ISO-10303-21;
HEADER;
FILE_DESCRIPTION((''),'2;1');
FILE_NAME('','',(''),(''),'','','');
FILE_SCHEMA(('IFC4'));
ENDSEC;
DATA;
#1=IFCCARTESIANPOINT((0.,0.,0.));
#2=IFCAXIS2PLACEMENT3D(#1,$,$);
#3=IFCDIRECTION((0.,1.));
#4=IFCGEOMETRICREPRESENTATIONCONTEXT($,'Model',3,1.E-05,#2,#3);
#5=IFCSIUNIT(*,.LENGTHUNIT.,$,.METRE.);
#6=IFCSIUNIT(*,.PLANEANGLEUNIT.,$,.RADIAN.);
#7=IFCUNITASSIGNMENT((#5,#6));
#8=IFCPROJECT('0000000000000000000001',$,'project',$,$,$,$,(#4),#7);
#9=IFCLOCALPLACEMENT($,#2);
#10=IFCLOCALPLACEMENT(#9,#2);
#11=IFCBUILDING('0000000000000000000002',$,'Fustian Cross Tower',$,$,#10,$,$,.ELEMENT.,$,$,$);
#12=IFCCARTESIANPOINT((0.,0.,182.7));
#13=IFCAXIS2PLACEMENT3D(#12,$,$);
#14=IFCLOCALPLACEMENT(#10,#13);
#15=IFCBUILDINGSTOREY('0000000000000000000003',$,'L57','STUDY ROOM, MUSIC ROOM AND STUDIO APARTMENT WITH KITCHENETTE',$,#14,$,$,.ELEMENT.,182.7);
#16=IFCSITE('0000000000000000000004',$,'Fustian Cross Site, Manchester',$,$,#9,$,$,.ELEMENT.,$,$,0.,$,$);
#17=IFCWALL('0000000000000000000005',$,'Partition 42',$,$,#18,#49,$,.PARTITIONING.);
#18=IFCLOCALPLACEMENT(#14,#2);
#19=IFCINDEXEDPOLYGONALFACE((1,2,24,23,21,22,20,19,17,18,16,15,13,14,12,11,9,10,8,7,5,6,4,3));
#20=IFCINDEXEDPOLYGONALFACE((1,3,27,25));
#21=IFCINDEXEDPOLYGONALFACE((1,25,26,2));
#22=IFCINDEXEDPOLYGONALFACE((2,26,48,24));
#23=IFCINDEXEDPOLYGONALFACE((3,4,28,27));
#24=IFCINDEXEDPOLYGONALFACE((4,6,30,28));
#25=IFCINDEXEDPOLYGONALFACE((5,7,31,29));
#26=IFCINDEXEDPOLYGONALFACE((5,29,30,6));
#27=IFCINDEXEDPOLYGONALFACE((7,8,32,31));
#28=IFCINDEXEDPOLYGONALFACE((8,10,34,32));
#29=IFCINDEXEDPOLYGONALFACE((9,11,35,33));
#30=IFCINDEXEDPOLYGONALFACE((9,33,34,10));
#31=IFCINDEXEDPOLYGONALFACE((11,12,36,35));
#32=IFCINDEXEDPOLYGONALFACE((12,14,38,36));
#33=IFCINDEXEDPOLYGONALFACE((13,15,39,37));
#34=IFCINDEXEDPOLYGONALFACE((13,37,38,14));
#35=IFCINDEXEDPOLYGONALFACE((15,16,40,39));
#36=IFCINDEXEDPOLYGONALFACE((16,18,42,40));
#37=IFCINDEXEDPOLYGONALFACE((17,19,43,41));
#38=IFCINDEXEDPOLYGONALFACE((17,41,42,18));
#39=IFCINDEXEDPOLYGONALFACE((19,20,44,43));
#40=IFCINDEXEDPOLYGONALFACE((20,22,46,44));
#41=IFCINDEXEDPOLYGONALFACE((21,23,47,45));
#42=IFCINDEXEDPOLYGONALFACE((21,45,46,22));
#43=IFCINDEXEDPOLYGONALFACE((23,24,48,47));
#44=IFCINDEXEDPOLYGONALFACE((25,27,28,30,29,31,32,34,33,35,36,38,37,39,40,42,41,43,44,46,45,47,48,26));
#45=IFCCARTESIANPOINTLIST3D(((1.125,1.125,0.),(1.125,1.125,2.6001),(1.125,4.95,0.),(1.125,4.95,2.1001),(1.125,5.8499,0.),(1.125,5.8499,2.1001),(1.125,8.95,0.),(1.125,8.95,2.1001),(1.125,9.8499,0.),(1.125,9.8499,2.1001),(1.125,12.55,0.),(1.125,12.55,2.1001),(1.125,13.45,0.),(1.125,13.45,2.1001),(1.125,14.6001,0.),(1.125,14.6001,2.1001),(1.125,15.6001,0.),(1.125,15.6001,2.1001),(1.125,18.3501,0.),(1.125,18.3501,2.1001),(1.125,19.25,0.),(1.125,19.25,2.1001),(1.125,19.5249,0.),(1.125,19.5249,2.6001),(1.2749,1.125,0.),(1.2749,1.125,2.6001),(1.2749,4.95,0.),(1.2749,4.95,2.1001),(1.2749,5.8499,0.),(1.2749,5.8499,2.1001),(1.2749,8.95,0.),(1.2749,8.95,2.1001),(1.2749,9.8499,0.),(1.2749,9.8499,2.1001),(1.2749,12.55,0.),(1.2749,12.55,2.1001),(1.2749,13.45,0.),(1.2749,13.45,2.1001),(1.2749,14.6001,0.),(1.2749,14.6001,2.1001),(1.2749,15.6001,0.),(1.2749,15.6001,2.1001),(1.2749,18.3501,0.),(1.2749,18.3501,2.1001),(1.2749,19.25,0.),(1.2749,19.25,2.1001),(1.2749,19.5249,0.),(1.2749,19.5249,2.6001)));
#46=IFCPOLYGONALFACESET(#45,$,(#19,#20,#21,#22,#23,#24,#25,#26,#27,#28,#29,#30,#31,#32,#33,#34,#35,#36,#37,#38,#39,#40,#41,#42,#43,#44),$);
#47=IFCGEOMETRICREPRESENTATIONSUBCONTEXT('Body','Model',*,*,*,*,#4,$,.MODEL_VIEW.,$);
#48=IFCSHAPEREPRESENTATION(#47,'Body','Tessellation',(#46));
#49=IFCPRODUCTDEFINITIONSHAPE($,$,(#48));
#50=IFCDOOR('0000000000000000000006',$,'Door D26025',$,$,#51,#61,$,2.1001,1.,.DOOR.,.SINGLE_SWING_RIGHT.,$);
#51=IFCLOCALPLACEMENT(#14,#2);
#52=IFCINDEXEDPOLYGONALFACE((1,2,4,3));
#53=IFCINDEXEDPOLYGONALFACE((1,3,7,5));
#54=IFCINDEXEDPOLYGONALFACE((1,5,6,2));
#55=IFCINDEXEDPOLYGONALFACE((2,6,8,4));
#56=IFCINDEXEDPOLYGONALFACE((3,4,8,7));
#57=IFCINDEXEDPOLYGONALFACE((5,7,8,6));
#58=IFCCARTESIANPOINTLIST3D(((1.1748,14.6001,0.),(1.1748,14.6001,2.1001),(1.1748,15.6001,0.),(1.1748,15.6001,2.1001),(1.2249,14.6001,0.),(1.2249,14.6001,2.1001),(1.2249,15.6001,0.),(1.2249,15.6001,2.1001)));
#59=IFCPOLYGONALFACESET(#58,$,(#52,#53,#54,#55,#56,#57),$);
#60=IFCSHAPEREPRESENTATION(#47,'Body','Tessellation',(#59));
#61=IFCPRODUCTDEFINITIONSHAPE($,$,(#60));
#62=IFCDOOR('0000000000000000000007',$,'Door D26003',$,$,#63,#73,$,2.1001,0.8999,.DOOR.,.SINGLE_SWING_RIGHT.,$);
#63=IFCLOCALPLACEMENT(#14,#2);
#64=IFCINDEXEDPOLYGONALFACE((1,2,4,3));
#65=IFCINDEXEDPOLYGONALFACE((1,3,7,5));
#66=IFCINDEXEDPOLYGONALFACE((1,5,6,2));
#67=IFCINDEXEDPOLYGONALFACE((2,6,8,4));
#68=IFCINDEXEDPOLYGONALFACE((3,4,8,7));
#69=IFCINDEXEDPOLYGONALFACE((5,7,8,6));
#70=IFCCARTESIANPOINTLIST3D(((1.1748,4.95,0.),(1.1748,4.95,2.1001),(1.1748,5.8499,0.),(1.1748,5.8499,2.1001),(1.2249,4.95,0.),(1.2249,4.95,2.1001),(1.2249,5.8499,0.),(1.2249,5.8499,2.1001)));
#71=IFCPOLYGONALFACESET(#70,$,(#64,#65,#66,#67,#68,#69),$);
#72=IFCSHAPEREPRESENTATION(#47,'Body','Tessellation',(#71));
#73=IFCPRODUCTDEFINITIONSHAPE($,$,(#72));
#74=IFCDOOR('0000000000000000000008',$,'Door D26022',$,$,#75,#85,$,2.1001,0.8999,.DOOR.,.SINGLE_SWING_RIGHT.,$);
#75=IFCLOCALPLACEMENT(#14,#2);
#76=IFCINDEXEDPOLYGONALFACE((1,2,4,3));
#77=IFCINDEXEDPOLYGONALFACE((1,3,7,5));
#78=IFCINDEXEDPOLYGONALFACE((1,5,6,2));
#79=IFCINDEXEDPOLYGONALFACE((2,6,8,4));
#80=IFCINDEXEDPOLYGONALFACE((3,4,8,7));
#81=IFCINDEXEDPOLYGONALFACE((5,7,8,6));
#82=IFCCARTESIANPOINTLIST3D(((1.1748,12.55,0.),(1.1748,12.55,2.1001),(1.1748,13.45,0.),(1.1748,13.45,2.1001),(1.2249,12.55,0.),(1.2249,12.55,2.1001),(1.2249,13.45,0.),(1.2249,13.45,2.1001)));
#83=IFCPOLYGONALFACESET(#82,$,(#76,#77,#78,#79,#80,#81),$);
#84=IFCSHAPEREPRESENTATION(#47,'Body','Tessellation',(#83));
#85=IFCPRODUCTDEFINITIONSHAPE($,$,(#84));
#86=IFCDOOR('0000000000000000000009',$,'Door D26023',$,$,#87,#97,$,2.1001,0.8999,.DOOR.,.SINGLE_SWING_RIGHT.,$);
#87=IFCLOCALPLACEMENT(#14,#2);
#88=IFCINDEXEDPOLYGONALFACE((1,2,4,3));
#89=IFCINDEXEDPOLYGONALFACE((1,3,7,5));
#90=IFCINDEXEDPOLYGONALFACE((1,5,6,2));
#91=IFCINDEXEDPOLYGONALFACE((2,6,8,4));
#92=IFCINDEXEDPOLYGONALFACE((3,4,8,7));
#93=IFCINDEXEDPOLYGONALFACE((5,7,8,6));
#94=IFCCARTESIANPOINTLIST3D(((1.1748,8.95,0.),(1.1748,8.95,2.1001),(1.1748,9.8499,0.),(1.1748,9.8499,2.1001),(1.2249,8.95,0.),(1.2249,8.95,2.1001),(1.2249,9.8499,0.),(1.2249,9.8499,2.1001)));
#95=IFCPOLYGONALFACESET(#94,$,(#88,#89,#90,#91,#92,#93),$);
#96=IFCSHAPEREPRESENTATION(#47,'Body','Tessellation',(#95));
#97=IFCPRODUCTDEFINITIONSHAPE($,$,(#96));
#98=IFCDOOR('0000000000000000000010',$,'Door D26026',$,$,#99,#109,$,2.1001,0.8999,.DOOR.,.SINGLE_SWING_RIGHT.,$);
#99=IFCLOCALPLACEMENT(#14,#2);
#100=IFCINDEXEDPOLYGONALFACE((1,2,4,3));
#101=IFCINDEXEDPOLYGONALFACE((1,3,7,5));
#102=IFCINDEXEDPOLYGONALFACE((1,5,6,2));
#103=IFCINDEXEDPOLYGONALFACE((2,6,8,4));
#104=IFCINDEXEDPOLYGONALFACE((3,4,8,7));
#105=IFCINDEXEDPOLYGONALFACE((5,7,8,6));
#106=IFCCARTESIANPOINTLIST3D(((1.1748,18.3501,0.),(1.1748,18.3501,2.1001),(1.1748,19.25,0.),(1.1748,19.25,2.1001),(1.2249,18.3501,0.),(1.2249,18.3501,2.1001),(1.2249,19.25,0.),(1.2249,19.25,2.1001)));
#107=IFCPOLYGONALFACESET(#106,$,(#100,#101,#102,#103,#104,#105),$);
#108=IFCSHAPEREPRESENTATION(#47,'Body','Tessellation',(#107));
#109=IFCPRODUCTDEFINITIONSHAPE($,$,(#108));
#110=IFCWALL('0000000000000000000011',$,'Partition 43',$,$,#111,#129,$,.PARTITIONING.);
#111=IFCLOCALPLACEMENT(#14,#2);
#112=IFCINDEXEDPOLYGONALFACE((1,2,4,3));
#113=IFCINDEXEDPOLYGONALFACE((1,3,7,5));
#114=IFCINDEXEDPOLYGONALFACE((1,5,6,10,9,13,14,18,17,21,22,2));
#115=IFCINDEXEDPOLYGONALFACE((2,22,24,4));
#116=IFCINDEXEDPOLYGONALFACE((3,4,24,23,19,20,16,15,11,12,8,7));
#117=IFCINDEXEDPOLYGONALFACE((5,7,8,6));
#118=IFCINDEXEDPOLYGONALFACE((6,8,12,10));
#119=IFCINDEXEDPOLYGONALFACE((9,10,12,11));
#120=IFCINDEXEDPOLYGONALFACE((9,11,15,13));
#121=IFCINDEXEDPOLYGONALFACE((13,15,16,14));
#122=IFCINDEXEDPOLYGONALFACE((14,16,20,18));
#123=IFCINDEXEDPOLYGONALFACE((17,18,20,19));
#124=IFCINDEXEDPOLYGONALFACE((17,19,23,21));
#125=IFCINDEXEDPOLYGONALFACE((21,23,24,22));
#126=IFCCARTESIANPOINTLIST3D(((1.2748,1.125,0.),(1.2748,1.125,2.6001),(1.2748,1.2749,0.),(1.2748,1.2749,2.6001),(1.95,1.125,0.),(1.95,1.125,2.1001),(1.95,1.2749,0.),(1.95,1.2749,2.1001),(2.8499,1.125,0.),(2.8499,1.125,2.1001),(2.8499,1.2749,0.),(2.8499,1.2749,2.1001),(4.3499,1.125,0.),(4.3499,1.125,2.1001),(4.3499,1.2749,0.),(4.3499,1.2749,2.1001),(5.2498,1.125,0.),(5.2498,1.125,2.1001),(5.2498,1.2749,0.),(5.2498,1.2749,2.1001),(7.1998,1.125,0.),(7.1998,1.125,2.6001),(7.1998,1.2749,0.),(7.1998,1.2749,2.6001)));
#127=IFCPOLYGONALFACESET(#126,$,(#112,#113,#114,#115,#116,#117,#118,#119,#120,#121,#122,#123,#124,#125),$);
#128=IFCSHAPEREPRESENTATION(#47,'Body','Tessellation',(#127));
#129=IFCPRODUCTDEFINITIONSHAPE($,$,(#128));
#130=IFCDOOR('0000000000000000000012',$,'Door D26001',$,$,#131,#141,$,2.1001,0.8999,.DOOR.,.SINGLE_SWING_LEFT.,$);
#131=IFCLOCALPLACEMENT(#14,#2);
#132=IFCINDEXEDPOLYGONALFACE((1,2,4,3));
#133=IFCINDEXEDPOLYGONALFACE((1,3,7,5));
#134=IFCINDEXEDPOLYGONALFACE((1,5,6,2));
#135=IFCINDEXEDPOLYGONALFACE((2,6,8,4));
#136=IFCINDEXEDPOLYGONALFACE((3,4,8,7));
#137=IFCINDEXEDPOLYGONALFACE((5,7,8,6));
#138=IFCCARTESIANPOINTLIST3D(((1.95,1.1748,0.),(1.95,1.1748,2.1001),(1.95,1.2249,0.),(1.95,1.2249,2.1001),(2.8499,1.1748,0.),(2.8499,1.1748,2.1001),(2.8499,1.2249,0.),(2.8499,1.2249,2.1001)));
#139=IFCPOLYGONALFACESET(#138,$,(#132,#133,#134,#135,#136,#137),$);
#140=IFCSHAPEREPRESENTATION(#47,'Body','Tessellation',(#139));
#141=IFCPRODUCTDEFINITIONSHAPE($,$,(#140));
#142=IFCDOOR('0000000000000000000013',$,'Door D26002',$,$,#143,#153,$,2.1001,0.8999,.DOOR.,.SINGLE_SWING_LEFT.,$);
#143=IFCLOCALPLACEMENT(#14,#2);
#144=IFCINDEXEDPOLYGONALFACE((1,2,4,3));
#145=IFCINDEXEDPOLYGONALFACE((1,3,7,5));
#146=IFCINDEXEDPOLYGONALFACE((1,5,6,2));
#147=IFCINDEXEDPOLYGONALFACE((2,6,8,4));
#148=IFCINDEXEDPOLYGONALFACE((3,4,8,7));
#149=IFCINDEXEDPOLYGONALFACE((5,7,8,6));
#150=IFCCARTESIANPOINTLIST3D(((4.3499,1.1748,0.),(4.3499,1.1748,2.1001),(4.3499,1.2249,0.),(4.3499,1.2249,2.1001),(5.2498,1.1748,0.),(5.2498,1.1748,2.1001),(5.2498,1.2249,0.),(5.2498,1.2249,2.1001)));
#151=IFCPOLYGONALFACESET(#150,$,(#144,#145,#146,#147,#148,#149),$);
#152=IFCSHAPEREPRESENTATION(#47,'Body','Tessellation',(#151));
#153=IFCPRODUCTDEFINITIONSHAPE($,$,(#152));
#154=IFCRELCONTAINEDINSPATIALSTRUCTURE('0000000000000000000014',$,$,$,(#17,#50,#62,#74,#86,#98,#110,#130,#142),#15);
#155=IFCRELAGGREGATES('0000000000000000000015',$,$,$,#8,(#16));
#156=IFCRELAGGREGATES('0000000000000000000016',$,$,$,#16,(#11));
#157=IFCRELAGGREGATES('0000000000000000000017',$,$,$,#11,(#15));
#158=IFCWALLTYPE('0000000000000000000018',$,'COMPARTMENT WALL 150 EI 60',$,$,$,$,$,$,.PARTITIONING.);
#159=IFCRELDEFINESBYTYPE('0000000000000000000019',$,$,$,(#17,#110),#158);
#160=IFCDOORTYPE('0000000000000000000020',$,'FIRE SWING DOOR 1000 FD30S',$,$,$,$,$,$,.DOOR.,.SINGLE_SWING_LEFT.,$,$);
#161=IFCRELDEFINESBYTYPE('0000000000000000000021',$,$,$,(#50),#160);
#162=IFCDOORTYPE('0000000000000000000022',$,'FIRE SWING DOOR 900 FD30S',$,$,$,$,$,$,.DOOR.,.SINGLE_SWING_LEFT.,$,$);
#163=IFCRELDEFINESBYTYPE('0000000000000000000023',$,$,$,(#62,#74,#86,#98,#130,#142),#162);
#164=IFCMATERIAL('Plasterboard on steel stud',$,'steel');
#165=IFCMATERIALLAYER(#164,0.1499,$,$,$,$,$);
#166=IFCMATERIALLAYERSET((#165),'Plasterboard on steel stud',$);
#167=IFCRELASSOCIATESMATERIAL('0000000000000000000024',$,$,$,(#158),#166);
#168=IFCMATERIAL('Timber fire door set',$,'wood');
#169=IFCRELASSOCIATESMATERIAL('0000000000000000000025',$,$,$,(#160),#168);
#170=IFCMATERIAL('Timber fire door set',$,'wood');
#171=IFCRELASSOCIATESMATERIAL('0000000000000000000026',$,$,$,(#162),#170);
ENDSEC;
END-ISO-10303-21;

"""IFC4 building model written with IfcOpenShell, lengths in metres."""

from ifc_helpers import new_model, si_unit, direction, frame, frame_2d, origin, place, context, subcontext, project, spatial, rectangle, extrude, material, layer, layer_set, type_object, element, fill, save


model = new_model("IFC4")

# Units and contexts
model_context = context("Model", 3, precision=1e-05, world=origin(), true_north=direction((0.0, 1.0)))
body_context = subcontext(model_context, "Body", "Model", "MODEL_VIEW")
ifc_project = project(units=[si_unit("LENGTHUNIT", "METRE"), si_unit("PLANEANGLEUNIT", "RADIAN")], contexts=[model_context])

# Site, building, storey
site_placement = place(None, origin())
site = spatial("IfcSite", under=ifc_project, at=site_placement, Name="Fustian Cross Site, Manchester", CompositionType="ELEMENT", RefElevation=0.0)
building_placement = place(site_placement, origin())
building = spatial("IfcBuilding", under=site, at=building_placement, Name="Fustian Cross Tower", CompositionType="ELEMENT")
storey_placement = place(building_placement, frame((0.0, 0.0, 182.7)))
storey = spatial("IfcBuildingStorey", under=building, at=storey_placement, Name="L57", Description="STUDY ROOM, MUSIC ROOM AND STUDIO APARTMENT WITH KITCHENETTE", CompositionType="ELEMENT", Elevation=182.7)

# Walls, openings, doors
ifc_material_1 = material(Name="Plasterboard on steel stud", Category="steel")
ifc_layer_1 = layer(ifc_material_1, 0.1499)
ifc_layer_set_1 = layer_set([ifc_layer_1], Name="Plasterboard on steel stud")
wall_type = type_object("IfcWallType", Name="COMPARTMENT WALL 150 EI 60", PredefinedType="PARTITIONING", material=ifc_layer_set_1)
wall_1_placement = place(storey_placement, frame((1.2, 1.125, 0.0), z_axis=(0.0, 0.0, 1.0), x_axis=(0.0, 1.0, 0.0)))
wall_1 = element("IfcWall", 1, at=wall_1_placement, inside=storey, type_object=wall_type, Name="Partition 42", PredefinedType="PARTITIONING", context=body_context, shape_type="SweptSolid", body=[
    extrude(rectangle(XDim=18.3999, YDim=0.1499, at=frame_2d((9.2, 0.0))), origin(), (0.0, 0.0, 1.0), 2.6001),
])
opening_1_placement = place(wall_1_placement, frame((3.825, 0.0, 0.0)))
opening_1 = element("IfcOpeningElement", 2, at=opening_1_placement, cuts=wall_1, PredefinedType="OPENING", context=body_context, shape_type="SweptSolid", body=[
    extrude(rectangle(XDim=0.8999, YDim=2.1001, at=frame_2d((0.45, 1.05))), frame((0.0, 0.085, 0.0), z_axis=(0.0, -1.0, 0.0), x_axis=(1.0, 0.0, 0.0)), (0.0, 0.0, 1.0), 0.1699),
])
opening_2_placement = place(wall_1_placement, frame((11.425, 0.0, 0.0)))
opening_2 = element("IfcOpeningElement", 3, at=opening_2_placement, cuts=wall_1, PredefinedType="OPENING", context=body_context, shape_type="SweptSolid", body=[
    extrude(rectangle(XDim=0.8999, YDim=2.1001, at=frame_2d((0.45, 1.05))), frame((0.0, 0.085, 0.0), z_axis=(0.0, -1.0, 0.0), x_axis=(1.0, 0.0, 0.0)), (0.0, 0.0, 1.0), 0.1699),
])
opening_3_placement = place(wall_1_placement, frame((7.825, 0.0, 0.0)))
opening_3 = element("IfcOpeningElement", 4, at=opening_3_placement, cuts=wall_1, PredefinedType="OPENING", context=body_context, shape_type="SweptSolid", body=[
    extrude(rectangle(XDim=0.8999, YDim=2.1001, at=frame_2d((0.45, 1.05))), frame((0.0, 0.085, 0.0), z_axis=(0.0, -1.0, 0.0), x_axis=(1.0, 0.0, 0.0)), (0.0, 0.0, 1.0), 0.1699),
])
opening_4_placement = place(wall_1_placement, frame((13.4751, 0.0, 0.0)))
opening_4 = element("IfcOpeningElement", 5, at=opening_4_placement, cuts=wall_1, PredefinedType="OPENING", context=body_context, shape_type="SweptSolid", body=[
    extrude(rectangle(XDim=1.0, YDim=2.1001, at=frame_2d((0.5, 1.05))), frame((0.0, 0.085, 0.0), z_axis=(0.0, -1.0, 0.0), x_axis=(1.0, 0.0, 0.0)), (0.0, 0.0, 1.0), 0.1699),
])
opening_5_placement = place(wall_1_placement, frame((17.2251, 0.0, 0.0)))
opening_5 = element("IfcOpeningElement", 6, at=opening_5_placement, cuts=wall_1, PredefinedType="OPENING", context=body_context, shape_type="SweptSolid", body=[
    extrude(rectangle(XDim=0.8999, YDim=2.1001, at=frame_2d((0.45, 1.05))), frame((0.0, 0.085, 0.0), z_axis=(0.0, -1.0, 0.0), x_axis=(1.0, 0.0, 0.0)), (0.0, 0.0, 1.0), 0.1699),
])
ifc_material_2 = material(Name="Timber fire door set", Category="wood")
door_type_1 = type_object("IfcDoorType", Name="FIRE SWING DOOR 1000 FD30S", OperationType="SINGLE_SWING_LEFT", PredefinedType="DOOR", material=ifc_material_2)
door_1_placement = place(opening_4_placement, frame((1.0, 0.0, 0.0), z_axis=(0.0, 0.0, 1.0), x_axis=(-1.0, 0.0, 0.0)))
door_1 = element("IfcDoor", 7, at=door_1_placement, inside=storey, type_object=door_type_1, Name="Door D26025", OperationType="SINGLE_SWING_RIGHT", OverallHeight=2.1001, OverallWidth=1.0, PredefinedType="DOOR", context=body_context, shape_type="SweptSolid", body=[
    extrude(rectangle(XDim=1.0, YDim=2.1001, at=frame_2d((0.5, 1.05))), frame((0.0, 0.0249, 0.0), z_axis=(0.0, -1.0, 0.0), x_axis=(1.0, 0.0, 0.0)), (0.0, 0.0, 1.0), 0.05),
])
fill(opening_4, door_1)
ifc_material_3 = material(Name="Timber fire door set", Category="wood")
door_type_2 = type_object("IfcDoorType", Name="FIRE SWING DOOR 900 FD30S", OperationType="SINGLE_SWING_LEFT", PredefinedType="DOOR", material=ifc_material_3)
door_2_placement = place(opening_1_placement, frame((0.8999, 0.0, 0.0), z_axis=(0.0, 0.0, 1.0), x_axis=(-1.0, 0.0, 0.0)))
door_2 = element("IfcDoor", 8, at=door_2_placement, inside=storey, type_object=door_type_2, Name="Door D26003", OperationType="SINGLE_SWING_RIGHT", OverallHeight=2.1001, OverallWidth=0.8999, PredefinedType="DOOR", context=body_context, shape_type="SweptSolid", body=[
    extrude(rectangle(XDim=0.8999, YDim=2.1001, at=frame_2d((0.45, 1.05))), frame((0.0, 0.0249, 0.0), z_axis=(0.0, -1.0, 0.0), x_axis=(1.0, 0.0, 0.0)), (0.0, 0.0, 1.0), 0.05),
])
fill(opening_1, door_2)
door_3_placement = place(opening_2_placement, frame((0.8999, 0.0, 0.0), z_axis=(0.0, 0.0, 1.0), x_axis=(-1.0, 0.0, 0.0)))
door_3 = element("IfcDoor", 9, at=door_3_placement, inside=storey, type_object=door_type_2, Name="Door D26022", OperationType="SINGLE_SWING_RIGHT", OverallHeight=2.1001, OverallWidth=0.8999, PredefinedType="DOOR", context=body_context, shape_type="SweptSolid", body=[
    extrude(rectangle(XDim=0.8999, YDim=2.1001, at=frame_2d((0.45, 1.05))), frame((0.0, 0.0249, 0.0), z_axis=(0.0, -1.0, 0.0), x_axis=(1.0, 0.0, 0.0)), (0.0, 0.0, 1.0), 0.05),
])
fill(opening_2, door_3)
door_4_placement = place(opening_3_placement, frame((0.8999, 0.0, 0.0), z_axis=(0.0, 0.0, 1.0), x_axis=(-1.0, 0.0, 0.0)))
door_4 = element("IfcDoor", 10, at=door_4_placement, inside=storey, type_object=door_type_2, Name="Door D26023", OperationType="SINGLE_SWING_RIGHT", OverallHeight=2.1001, OverallWidth=0.8999, PredefinedType="DOOR", context=body_context, shape_type="SweptSolid", body=[
    extrude(rectangle(XDim=0.8999, YDim=2.1001, at=frame_2d((0.45, 1.05))), frame((0.0, 0.0249, 0.0), z_axis=(0.0, -1.0, 0.0), x_axis=(1.0, 0.0, 0.0)), (0.0, 0.0, 1.0), 0.05),
])
fill(opening_3, door_4)
door_5_placement = place(opening_5_placement, frame((0.8999, 0.0, 0.0), z_axis=(0.0, 0.0, 1.0), x_axis=(-1.0, 0.0, 0.0)))
door_5 = element("IfcDoor", 11, at=door_5_placement, inside=storey, type_object=door_type_2, Name="Door D26026", OperationType="SINGLE_SWING_RIGHT", OverallHeight=2.1001, OverallWidth=0.8999, PredefinedType="DOOR", context=body_context, shape_type="SweptSolid", body=[
    extrude(rectangle(XDim=0.8999, YDim=2.1001, at=frame_2d((0.45, 1.05))), frame((0.0, 0.0249, 0.0), z_axis=(0.0, -1.0, 0.0), x_axis=(1.0, 0.0, 0.0)), (0.0, 0.0, 1.0), 0.05),
])
fill(opening_5, door_5)
wall_2_placement = place(storey_placement, frame((1.2749, 1.2, 0.0), z_axis=(0.0, 0.0, 1.0), x_axis=(1.0, 0.0, 0.0)))
wall_2 = element("IfcWall", 12, at=wall_2_placement, inside=storey, type_object=wall_type, Name="Partition 43", PredefinedType="PARTITIONING", context=body_context, shape_type="SweptSolid", body=[
    extrude(rectangle(XDim=5.925, YDim=0.1499, at=frame_2d((2.9624, 0.0))), origin(), (0.0, 0.0, 1.0), 2.6001),
])
opening_6_placement = place(wall_2_placement, frame((0.675, 0.0, 0.0)))
opening_6 = element("IfcOpeningElement", 13, at=opening_6_placement, cuts=wall_2, PredefinedType="OPENING", context=body_context, shape_type="SweptSolid", body=[
    extrude(rectangle(XDim=0.8999, YDim=2.1001, at=frame_2d((0.45, 1.05))), frame((0.0, 0.085, 0.0), z_axis=(0.0, -1.0, 0.0), x_axis=(1.0, 0.0, 0.0)), (0.0, 0.0, 1.0), 0.1699),
])
opening_7_placement = place(wall_2_placement, frame((3.075, 0.0, 0.0)))
opening_7 = element("IfcOpeningElement", 14, at=opening_7_placement, cuts=wall_2, PredefinedType="OPENING", context=body_context, shape_type="SweptSolid", body=[
    extrude(rectangle(XDim=0.8999, YDim=2.1001, at=frame_2d((0.45, 1.05))), frame((0.0, 0.085, 0.0), z_axis=(0.0, -1.0, 0.0), x_axis=(1.0, 0.0, 0.0)), (0.0, 0.0, 1.0), 0.1699),
])
door_6_placement = place(opening_6_placement, origin())
door_6 = element("IfcDoor", 15, at=door_6_placement, inside=storey, type_object=door_type_2, Name="Door D26001", OperationType="SINGLE_SWING_LEFT", OverallHeight=2.1001, OverallWidth=0.8999, PredefinedType="DOOR", context=body_context, shape_type="SweptSolid", body=[
    extrude(rectangle(XDim=0.8999, YDim=2.1001, at=frame_2d((0.45, 1.05))), frame((0.0, 0.0249, 0.0), z_axis=(0.0, -1.0, 0.0), x_axis=(1.0, 0.0, 0.0)), (0.0, 0.0, 1.0), 0.05),
])
fill(opening_6, door_6)
door_7_placement = place(opening_7_placement, origin())
door_7 = element("IfcDoor", 16, at=door_7_placement, inside=storey, type_object=door_type_2, Name="Door D26002", OperationType="SINGLE_SWING_LEFT", OverallHeight=2.1001, OverallWidth=0.8999, PredefinedType="DOOR", context=body_context, shape_type="SweptSolid", body=[
    extrude(rectangle(XDim=0.8999, YDim=2.1001, at=frame_2d((0.45, 1.05))), frame((0.0, 0.0249, 0.0), z_axis=(0.0, -1.0, 0.0), x_axis=(1.0, 0.0, 0.0)), (0.0, 0.0, 1.0), 0.05),
])
fill(opening_7, door_7)

save(model, "model.ifc")
